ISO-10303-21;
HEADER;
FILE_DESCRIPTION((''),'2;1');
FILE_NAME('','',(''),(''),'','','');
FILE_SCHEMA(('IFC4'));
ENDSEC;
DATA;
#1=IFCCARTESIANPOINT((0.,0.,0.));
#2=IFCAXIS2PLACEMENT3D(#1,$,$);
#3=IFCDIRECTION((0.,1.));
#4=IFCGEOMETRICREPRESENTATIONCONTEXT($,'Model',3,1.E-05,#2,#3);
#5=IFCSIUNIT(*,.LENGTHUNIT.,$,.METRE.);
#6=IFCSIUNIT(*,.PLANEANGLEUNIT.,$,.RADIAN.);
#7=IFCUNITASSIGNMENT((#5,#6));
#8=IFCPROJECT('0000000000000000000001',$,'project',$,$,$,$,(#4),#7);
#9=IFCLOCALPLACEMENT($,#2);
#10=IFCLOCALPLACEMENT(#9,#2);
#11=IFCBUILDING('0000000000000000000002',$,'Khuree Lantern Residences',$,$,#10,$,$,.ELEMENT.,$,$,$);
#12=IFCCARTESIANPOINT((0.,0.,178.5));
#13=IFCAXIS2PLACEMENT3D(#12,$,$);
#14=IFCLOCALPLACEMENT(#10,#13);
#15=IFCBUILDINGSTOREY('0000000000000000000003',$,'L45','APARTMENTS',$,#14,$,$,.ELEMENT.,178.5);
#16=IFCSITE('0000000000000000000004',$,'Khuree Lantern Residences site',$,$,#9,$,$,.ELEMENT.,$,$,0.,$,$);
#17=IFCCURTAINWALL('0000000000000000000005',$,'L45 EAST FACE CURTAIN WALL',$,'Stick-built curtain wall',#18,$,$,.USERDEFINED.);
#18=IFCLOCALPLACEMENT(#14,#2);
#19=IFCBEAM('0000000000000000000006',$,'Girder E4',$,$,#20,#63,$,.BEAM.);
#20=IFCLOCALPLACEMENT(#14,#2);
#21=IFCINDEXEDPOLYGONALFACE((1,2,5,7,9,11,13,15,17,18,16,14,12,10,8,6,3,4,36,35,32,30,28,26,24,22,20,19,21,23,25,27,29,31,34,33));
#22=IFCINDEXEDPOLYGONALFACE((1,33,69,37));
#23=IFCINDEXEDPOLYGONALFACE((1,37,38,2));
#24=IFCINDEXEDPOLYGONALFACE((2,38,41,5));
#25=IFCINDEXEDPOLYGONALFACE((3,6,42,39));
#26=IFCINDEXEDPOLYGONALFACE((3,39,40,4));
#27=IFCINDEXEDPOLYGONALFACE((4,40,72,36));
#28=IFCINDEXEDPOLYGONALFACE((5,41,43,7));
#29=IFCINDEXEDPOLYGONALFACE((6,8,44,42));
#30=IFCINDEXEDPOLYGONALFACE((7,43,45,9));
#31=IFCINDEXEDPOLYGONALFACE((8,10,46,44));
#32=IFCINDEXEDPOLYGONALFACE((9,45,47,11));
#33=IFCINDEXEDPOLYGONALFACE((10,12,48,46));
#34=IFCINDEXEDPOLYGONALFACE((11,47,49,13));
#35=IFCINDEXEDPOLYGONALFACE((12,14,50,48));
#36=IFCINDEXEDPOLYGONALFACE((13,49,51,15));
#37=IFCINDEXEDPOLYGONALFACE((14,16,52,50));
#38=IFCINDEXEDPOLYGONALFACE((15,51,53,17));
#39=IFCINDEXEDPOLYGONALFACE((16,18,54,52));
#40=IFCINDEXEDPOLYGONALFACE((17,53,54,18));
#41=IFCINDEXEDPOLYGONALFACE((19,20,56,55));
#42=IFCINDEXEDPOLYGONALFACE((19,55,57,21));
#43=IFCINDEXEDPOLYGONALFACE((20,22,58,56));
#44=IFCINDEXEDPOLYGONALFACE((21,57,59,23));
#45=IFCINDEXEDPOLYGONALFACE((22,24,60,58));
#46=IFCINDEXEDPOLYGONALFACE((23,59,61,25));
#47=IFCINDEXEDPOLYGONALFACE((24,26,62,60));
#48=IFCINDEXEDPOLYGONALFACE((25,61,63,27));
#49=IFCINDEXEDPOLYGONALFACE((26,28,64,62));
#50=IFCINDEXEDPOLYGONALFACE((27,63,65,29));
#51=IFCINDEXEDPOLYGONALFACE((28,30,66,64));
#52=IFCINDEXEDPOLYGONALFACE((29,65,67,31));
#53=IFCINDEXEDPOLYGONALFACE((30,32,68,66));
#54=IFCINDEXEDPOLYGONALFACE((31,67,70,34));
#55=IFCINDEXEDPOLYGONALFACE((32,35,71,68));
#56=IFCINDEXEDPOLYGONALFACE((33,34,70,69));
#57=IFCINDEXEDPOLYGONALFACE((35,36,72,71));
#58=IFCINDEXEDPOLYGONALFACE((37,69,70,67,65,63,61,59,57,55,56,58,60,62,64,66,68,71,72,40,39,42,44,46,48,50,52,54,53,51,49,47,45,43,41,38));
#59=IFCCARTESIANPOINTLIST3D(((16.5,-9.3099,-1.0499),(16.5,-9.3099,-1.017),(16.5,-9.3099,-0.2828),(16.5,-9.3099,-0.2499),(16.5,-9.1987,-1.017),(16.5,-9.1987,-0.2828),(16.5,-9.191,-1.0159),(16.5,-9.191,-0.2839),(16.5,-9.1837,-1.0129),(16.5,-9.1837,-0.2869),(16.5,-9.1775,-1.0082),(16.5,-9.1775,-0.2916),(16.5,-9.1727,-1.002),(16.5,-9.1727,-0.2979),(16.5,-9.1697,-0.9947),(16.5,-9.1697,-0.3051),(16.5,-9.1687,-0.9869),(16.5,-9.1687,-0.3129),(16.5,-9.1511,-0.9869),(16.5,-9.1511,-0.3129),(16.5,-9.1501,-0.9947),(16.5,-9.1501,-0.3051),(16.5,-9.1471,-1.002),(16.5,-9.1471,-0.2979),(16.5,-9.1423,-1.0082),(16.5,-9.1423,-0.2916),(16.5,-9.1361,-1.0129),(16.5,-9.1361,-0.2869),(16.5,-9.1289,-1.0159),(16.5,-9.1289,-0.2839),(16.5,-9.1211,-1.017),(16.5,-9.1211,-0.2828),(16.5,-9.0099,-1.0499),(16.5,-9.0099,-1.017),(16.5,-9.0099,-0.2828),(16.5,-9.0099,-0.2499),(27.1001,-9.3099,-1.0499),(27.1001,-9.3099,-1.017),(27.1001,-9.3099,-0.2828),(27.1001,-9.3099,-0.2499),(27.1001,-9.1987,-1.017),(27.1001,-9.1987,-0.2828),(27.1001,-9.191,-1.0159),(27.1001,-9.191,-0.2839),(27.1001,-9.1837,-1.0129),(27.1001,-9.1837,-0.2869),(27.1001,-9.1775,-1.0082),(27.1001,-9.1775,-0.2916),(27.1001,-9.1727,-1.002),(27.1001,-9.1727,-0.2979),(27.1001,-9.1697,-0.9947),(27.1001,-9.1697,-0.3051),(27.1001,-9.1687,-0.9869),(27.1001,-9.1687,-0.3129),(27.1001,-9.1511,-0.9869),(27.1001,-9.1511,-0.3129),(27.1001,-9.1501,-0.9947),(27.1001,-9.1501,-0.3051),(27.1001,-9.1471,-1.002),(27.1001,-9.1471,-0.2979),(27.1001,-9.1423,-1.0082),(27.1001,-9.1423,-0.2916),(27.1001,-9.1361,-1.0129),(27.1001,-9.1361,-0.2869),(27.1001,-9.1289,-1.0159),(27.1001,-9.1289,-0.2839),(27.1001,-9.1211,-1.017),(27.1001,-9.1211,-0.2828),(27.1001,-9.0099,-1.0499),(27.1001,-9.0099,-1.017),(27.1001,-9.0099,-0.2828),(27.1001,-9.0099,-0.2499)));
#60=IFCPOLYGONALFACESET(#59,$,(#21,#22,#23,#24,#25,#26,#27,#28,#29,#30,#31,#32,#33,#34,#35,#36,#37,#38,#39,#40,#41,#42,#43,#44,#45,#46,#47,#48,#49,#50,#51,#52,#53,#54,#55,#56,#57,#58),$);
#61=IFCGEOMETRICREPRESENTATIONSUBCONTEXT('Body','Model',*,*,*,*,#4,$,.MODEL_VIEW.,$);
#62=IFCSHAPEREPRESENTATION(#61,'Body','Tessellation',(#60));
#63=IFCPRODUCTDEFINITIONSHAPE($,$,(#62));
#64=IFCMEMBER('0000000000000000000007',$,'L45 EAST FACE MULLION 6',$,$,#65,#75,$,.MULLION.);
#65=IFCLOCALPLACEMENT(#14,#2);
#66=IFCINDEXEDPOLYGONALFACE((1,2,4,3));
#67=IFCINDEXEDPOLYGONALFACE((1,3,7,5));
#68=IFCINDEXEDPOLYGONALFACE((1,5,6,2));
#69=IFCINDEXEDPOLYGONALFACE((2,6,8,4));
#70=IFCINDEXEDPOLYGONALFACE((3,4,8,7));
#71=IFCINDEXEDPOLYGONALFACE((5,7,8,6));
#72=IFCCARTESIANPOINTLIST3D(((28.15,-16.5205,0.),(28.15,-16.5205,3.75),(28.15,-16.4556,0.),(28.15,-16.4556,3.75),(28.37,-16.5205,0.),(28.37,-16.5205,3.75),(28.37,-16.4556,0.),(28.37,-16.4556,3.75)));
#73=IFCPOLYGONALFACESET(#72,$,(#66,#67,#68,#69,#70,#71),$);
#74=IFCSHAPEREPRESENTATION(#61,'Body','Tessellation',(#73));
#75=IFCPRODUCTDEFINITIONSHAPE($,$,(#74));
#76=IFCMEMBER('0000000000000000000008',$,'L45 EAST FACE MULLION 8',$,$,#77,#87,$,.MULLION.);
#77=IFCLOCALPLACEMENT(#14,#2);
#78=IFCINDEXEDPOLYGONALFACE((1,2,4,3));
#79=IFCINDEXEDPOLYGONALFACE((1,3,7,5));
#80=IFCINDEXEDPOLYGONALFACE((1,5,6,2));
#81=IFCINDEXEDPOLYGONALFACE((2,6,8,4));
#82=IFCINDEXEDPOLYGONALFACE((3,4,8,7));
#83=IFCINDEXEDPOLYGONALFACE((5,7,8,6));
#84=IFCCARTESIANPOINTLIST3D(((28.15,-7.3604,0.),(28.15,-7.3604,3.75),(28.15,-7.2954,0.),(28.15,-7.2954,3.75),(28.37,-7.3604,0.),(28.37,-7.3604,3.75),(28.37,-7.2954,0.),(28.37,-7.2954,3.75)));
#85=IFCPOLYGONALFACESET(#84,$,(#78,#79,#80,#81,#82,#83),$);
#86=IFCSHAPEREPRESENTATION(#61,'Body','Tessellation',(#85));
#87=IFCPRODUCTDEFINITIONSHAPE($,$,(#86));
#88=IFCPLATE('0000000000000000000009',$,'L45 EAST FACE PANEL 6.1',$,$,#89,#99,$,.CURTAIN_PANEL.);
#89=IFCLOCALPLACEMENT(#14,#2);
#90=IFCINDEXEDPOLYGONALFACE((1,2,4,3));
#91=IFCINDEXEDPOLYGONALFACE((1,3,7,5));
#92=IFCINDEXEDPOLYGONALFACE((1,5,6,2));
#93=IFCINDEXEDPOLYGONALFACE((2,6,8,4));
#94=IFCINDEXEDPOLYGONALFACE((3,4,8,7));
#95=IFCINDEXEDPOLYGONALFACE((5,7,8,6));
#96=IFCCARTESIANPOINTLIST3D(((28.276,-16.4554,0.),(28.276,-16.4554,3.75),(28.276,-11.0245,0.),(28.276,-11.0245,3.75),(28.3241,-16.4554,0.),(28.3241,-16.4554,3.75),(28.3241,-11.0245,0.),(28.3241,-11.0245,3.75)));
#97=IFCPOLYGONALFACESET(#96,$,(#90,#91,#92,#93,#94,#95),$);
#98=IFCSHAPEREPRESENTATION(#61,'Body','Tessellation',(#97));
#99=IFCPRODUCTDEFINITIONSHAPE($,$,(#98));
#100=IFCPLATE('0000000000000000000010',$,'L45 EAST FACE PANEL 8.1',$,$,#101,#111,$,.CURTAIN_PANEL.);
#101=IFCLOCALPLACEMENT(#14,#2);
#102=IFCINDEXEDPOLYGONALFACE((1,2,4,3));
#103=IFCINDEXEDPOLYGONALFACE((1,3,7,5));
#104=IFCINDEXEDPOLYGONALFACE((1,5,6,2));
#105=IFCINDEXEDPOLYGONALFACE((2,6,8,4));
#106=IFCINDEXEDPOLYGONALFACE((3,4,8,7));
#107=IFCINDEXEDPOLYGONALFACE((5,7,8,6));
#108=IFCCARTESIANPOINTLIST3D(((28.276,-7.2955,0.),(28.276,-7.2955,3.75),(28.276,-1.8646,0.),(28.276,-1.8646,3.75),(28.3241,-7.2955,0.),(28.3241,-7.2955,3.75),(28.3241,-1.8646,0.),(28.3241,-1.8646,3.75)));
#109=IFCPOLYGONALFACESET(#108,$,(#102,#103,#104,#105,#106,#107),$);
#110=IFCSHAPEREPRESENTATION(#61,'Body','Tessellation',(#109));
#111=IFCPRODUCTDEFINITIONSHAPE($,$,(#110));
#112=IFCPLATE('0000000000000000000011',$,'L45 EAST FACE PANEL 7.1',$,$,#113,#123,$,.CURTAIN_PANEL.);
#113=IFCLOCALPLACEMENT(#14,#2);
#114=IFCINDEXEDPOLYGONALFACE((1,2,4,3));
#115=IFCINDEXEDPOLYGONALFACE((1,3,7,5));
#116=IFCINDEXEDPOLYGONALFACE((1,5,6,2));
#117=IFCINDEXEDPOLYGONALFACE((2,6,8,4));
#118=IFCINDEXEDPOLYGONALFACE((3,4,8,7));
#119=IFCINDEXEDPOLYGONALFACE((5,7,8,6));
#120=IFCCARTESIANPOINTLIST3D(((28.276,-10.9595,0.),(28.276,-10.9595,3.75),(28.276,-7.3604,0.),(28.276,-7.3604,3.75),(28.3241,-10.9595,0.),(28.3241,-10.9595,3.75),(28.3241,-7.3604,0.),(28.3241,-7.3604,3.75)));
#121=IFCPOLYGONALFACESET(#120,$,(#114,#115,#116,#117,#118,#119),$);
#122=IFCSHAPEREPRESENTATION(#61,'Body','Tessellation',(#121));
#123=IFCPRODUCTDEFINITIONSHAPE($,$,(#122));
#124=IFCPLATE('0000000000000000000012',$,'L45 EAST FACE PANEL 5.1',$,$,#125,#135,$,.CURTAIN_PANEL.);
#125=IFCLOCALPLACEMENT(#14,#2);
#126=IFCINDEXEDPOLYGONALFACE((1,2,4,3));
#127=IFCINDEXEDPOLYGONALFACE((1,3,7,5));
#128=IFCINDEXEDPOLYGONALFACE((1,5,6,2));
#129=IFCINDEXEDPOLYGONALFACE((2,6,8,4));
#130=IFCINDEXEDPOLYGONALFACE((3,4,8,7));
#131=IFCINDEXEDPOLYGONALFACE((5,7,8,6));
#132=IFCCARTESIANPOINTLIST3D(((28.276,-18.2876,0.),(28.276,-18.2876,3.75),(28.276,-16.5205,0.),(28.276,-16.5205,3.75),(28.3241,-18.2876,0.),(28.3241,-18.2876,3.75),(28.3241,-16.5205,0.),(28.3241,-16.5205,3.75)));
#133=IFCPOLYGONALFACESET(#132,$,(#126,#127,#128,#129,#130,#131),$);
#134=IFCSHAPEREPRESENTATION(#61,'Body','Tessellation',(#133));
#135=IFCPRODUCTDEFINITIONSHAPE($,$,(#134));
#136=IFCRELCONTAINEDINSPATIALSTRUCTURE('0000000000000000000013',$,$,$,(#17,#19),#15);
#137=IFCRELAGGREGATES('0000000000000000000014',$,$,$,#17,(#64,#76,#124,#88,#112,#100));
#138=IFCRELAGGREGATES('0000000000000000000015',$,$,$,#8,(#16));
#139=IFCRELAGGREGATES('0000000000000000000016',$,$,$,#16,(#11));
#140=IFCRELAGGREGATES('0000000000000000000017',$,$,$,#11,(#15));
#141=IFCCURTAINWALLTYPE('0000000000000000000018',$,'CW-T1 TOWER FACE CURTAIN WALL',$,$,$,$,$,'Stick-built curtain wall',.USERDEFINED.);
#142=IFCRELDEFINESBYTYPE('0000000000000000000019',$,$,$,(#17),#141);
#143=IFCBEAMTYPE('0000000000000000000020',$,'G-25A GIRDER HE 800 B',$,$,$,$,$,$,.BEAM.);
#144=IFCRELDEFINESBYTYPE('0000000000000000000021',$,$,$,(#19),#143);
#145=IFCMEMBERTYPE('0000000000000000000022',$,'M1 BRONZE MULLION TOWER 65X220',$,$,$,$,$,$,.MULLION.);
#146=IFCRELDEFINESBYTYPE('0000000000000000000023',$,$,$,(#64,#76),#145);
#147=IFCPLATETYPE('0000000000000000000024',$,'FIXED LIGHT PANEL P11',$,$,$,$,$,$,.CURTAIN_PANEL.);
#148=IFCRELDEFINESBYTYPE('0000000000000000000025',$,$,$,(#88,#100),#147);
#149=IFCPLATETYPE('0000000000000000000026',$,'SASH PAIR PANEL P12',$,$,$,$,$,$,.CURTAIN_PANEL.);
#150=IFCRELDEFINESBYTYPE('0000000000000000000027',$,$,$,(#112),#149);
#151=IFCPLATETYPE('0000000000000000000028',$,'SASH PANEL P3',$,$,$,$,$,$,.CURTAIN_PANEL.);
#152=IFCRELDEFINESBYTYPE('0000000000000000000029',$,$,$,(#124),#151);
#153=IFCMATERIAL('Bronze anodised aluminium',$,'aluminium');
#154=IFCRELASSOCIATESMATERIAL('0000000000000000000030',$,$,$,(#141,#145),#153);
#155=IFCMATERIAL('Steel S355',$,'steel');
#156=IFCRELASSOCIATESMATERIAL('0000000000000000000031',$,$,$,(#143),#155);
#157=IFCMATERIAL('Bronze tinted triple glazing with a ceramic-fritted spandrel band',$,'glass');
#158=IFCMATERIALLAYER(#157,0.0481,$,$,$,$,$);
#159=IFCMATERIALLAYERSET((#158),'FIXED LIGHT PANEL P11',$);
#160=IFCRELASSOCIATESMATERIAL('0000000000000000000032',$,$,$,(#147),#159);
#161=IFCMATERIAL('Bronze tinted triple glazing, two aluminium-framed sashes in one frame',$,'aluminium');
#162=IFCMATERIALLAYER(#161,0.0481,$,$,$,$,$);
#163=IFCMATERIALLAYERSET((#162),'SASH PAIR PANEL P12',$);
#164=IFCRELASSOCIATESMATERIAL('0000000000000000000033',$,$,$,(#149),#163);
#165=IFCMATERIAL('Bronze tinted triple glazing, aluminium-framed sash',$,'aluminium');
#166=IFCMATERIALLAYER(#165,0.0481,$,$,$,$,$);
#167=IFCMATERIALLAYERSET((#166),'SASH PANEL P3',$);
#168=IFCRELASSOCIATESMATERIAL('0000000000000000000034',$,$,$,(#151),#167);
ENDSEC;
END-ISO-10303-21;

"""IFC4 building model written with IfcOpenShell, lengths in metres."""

from ifc_helpers import new_model, si_unit, direction, frame, origin, origin_2d, place, context, subcontext, project, spatial, rectangle, i_section, extrude, material, layer, layer_set, material_profile, profile_set, type_object, element, aggregate, save


model = new_model("IFC4")

# Units and contexts
model_context = context("Model", 3, precision=1e-05, world=origin(), true_north=direction((0.0, 1.0)))
body_context = subcontext(model_context, "Body", "Model", "MODEL_VIEW")
ifc_project = project(units=[si_unit("LENGTHUNIT", "METRE"), si_unit("PLANEANGLEUNIT", "RADIAN")], contexts=[model_context])

# Site, building, storey
site_placement = place(None, origin())
site = spatial("IfcSite", under=ifc_project, at=site_placement, Name="Khuree Lantern Residences site", CompositionType="ELEMENT", RefElevation=0.0)
building_placement = place(site_placement, origin())
building = spatial("IfcBuilding", under=site, at=building_placement, Name="Khuree Lantern Residences", CompositionType="ELEMENT")
storey_placement = place(building_placement, frame((0.0, 0.0, 178.5)))
storey = spatial("IfcBuildingStorey", under=building, at=storey_placement, Name="L45", Description="APARTMENTS", CompositionType="ELEMENT", Elevation=178.5)

# Shared definitions
ifc_material_1 = material(Name="Steel S355", Category="steel")

# Curtain wall
ifc_material_2 = material(Name="Bronze anodised aluminium", Category="aluminium")
curtain_wall_type = type_object("IfcCurtainWallType", Name="CW-T1 TOWER FACE CURTAIN WALL", ElementType="Stick-built curtain wall", PredefinedType="USERDEFINED", material=ifc_material_2)
curtain_wall_placement = place(storey_placement, origin())
curtain_wall = element("IfcCurtainWall", 1, at=curtain_wall_placement, inside=storey, type_object=curtain_wall_type, Name="L45 EAST FACE CURTAIN WALL", ObjectType="Stick-built curtain wall", PredefinedType="USERDEFINED")

# Beam
ifc_material_profile_1 = material_profile(ifc_material_1, i_section(OverallWidth=0.3, OverallDepth=0.8, WebThickness=0.0176, FlangeThickness=0.033, FilletRadius=0.03, at=origin_2d()), Name="HE 800 B")
ifc_profile_set_1 = profile_set([ifc_material_profile_1], Name="Steel S355")
beam_type_1 = type_object("IfcBeamType", Name="G-25A GIRDER HE 800 B", PredefinedType="BEAM", material=ifc_profile_set_1)
beam_1_placement = place(storey_placement, frame((27.1001, -9.1599, -0.6499), z_axis=(-1.0, 0.0, 0.0), x_axis=(0.0, -1.0, 0.0)))
element("IfcBeam", 2, at=beam_1_placement, inside=storey, type_object=beam_type_1, Name="Girder E4", PredefinedType="BEAM", context=body_context, shape_type="SweptSolid", body=[
    extrude(i_section(OverallWidth=0.3, OverallDepth=0.8, WebThickness=0.0176, FlangeThickness=0.033, FilletRadius=0.03, at=origin_2d()), origin(), (0.0, 0.0, 1.0), 10.6001),
])

# Members
ifc_material_profile_2 = material_profile(ifc_material_2, rectangle(XDim=0.0649, YDim=0.22, at=origin_2d()), Name="M1 65X220")
ifc_profile_set_2 = profile_set([ifc_material_profile_2], Name="Bronze anodised aluminium")
member_type_1 = type_object("IfcMemberType", Name="M1 BRONZE MULLION TOWER 65X220", PredefinedType="MULLION", material=ifc_profile_set_2)
member_1_placement = place(storey_placement, frame((28.26, -16.488, 0.0), z_axis=(0.0, 0.0, 1.0), x_axis=(0.0, 1.0, 0.0)))
member_1 = element("IfcMember", 3, at=member_1_placement, type_object=member_type_1, Name="L45 EAST FACE MULLION 6", PredefinedType="MULLION", context=body_context, shape_type="SweptSolid", body=[
    extrude(rectangle(XDim=0.0649, YDim=0.22, at=origin_2d()), origin(), (0.0, 0.0, 1.0), 3.75),
])
member_2_placement = place(storey_placement, frame((28.26, -7.3279, 0.0), z_axis=(0.0, 0.0, 1.0), x_axis=(0.0, 1.0, 0.0)))
member_2 = element("IfcMember", 4, at=member_2_placement, type_object=member_type_1, Name="L45 EAST FACE MULLION 8", PredefinedType="MULLION", context=body_context, shape_type="SweptSolid", body=[
    extrude(rectangle(XDim=0.0649, YDim=0.22, at=origin_2d()), origin(), (0.0, 0.0, 1.0), 3.75),
])

# Plates
ifc_material_3 = material(Name="Bronze tinted triple glazing with a ceramic-fritted spandrel band", Category="glass")
ifc_layer_1 = layer(ifc_material_3, 0.0481)
ifc_layer_set_1 = layer_set([ifc_layer_1], Name="FIXED LIGHT PANEL P11")
plate_type_1 = type_object("IfcPlateType", Name="FIXED LIGHT PANEL P11", PredefinedType="CURTAIN_PANEL", material=ifc_layer_set_1)
plate_1_placement = place(storey_placement, frame((28.3, -13.74, 0.0), z_axis=(0.0, 0.0, 1.0), x_axis=(0.0, 1.0, 0.0)))
plate_1 = element("IfcPlate", 5, at=plate_1_placement, type_object=plate_type_1, Name="L45 EAST FACE PANEL 6.1", PredefinedType="CURTAIN_PANEL", context=body_context, shape_type="SweptSolid", body=[
    extrude(rectangle(XDim=5.4309, YDim=0.0481, at=origin_2d()), origin(), (0.0, 0.0, 1.0), 3.75),
])
plate_2_placement = place(storey_placement, frame((28.3, -4.5801, 0.0), z_axis=(0.0, 0.0, 1.0), x_axis=(0.0, 1.0, 0.0)))
plate_2 = element("IfcPlate", 6, at=plate_2_placement, type_object=plate_type_1, Name="L45 EAST FACE PANEL 8.1", PredefinedType="CURTAIN_PANEL", context=body_context, shape_type="SweptSolid", body=[
    extrude(rectangle(XDim=5.4309, YDim=0.0481, at=origin_2d()), origin(), (0.0, 0.0, 1.0), 3.75),
])
ifc_material_4 = material(Name="Bronze tinted triple glazing, two aluminium-framed sashes in one frame", Category="aluminium")
ifc_layer_2 = layer(ifc_material_4, 0.0481)
ifc_layer_set_2 = layer_set([ifc_layer_2], Name="SASH PAIR PANEL P12")
plate_type_2 = type_object("IfcPlateType", Name="SASH PAIR PANEL P12", PredefinedType="CURTAIN_PANEL", material=ifc_layer_set_2)
plate_3_placement = place(storey_placement, frame((28.3, -9.1599, 0.0), z_axis=(0.0, 0.0, 1.0), x_axis=(0.0, 1.0, 0.0)))
plate_3 = element("IfcPlate", 7, at=plate_3_placement, type_object=plate_type_2, Name="L45 EAST FACE PANEL 7.1", PredefinedType="CURTAIN_PANEL", context=body_context, shape_type="SweptSolid", body=[
    extrude(rectangle(XDim=3.5991, YDim=0.0481, at=origin_2d()), origin(), (0.0, 0.0, 1.0), 3.75),
])
ifc_material_5 = material(Name="Bronze tinted triple glazing, aluminium-framed sash", Category="aluminium")
ifc_layer_3 = layer(ifc_material_5, 0.0481)
ifc_layer_set_3 = layer_set([ifc_layer_3], Name="SASH PANEL P3")
plate_type_3 = type_object("IfcPlateType", Name="SASH PANEL P3", PredefinedType="CURTAIN_PANEL", material=ifc_layer_set_3)
plate_4_placement = place(storey_placement, frame((28.3, -17.4041, 0.0), z_axis=(0.0, 0.0, 1.0), x_axis=(0.0, 1.0, 0.0)))
plate_4 = element("IfcPlate", 8, at=plate_4_placement, type_object=plate_type_3, Name="L45 EAST FACE PANEL 5.1", PredefinedType="CURTAIN_PANEL", context=body_context, shape_type="SweptSolid", body=[
    extrude(rectangle(XDim=1.7671, YDim=0.0481, at=origin_2d()), origin(), (0.0, 0.0, 1.0), 3.75),
])
aggregate(curtain_wall, [member_1, member_2, plate_4, plate_1, plate_3, plate_2])

save(model, "model.ifc")
